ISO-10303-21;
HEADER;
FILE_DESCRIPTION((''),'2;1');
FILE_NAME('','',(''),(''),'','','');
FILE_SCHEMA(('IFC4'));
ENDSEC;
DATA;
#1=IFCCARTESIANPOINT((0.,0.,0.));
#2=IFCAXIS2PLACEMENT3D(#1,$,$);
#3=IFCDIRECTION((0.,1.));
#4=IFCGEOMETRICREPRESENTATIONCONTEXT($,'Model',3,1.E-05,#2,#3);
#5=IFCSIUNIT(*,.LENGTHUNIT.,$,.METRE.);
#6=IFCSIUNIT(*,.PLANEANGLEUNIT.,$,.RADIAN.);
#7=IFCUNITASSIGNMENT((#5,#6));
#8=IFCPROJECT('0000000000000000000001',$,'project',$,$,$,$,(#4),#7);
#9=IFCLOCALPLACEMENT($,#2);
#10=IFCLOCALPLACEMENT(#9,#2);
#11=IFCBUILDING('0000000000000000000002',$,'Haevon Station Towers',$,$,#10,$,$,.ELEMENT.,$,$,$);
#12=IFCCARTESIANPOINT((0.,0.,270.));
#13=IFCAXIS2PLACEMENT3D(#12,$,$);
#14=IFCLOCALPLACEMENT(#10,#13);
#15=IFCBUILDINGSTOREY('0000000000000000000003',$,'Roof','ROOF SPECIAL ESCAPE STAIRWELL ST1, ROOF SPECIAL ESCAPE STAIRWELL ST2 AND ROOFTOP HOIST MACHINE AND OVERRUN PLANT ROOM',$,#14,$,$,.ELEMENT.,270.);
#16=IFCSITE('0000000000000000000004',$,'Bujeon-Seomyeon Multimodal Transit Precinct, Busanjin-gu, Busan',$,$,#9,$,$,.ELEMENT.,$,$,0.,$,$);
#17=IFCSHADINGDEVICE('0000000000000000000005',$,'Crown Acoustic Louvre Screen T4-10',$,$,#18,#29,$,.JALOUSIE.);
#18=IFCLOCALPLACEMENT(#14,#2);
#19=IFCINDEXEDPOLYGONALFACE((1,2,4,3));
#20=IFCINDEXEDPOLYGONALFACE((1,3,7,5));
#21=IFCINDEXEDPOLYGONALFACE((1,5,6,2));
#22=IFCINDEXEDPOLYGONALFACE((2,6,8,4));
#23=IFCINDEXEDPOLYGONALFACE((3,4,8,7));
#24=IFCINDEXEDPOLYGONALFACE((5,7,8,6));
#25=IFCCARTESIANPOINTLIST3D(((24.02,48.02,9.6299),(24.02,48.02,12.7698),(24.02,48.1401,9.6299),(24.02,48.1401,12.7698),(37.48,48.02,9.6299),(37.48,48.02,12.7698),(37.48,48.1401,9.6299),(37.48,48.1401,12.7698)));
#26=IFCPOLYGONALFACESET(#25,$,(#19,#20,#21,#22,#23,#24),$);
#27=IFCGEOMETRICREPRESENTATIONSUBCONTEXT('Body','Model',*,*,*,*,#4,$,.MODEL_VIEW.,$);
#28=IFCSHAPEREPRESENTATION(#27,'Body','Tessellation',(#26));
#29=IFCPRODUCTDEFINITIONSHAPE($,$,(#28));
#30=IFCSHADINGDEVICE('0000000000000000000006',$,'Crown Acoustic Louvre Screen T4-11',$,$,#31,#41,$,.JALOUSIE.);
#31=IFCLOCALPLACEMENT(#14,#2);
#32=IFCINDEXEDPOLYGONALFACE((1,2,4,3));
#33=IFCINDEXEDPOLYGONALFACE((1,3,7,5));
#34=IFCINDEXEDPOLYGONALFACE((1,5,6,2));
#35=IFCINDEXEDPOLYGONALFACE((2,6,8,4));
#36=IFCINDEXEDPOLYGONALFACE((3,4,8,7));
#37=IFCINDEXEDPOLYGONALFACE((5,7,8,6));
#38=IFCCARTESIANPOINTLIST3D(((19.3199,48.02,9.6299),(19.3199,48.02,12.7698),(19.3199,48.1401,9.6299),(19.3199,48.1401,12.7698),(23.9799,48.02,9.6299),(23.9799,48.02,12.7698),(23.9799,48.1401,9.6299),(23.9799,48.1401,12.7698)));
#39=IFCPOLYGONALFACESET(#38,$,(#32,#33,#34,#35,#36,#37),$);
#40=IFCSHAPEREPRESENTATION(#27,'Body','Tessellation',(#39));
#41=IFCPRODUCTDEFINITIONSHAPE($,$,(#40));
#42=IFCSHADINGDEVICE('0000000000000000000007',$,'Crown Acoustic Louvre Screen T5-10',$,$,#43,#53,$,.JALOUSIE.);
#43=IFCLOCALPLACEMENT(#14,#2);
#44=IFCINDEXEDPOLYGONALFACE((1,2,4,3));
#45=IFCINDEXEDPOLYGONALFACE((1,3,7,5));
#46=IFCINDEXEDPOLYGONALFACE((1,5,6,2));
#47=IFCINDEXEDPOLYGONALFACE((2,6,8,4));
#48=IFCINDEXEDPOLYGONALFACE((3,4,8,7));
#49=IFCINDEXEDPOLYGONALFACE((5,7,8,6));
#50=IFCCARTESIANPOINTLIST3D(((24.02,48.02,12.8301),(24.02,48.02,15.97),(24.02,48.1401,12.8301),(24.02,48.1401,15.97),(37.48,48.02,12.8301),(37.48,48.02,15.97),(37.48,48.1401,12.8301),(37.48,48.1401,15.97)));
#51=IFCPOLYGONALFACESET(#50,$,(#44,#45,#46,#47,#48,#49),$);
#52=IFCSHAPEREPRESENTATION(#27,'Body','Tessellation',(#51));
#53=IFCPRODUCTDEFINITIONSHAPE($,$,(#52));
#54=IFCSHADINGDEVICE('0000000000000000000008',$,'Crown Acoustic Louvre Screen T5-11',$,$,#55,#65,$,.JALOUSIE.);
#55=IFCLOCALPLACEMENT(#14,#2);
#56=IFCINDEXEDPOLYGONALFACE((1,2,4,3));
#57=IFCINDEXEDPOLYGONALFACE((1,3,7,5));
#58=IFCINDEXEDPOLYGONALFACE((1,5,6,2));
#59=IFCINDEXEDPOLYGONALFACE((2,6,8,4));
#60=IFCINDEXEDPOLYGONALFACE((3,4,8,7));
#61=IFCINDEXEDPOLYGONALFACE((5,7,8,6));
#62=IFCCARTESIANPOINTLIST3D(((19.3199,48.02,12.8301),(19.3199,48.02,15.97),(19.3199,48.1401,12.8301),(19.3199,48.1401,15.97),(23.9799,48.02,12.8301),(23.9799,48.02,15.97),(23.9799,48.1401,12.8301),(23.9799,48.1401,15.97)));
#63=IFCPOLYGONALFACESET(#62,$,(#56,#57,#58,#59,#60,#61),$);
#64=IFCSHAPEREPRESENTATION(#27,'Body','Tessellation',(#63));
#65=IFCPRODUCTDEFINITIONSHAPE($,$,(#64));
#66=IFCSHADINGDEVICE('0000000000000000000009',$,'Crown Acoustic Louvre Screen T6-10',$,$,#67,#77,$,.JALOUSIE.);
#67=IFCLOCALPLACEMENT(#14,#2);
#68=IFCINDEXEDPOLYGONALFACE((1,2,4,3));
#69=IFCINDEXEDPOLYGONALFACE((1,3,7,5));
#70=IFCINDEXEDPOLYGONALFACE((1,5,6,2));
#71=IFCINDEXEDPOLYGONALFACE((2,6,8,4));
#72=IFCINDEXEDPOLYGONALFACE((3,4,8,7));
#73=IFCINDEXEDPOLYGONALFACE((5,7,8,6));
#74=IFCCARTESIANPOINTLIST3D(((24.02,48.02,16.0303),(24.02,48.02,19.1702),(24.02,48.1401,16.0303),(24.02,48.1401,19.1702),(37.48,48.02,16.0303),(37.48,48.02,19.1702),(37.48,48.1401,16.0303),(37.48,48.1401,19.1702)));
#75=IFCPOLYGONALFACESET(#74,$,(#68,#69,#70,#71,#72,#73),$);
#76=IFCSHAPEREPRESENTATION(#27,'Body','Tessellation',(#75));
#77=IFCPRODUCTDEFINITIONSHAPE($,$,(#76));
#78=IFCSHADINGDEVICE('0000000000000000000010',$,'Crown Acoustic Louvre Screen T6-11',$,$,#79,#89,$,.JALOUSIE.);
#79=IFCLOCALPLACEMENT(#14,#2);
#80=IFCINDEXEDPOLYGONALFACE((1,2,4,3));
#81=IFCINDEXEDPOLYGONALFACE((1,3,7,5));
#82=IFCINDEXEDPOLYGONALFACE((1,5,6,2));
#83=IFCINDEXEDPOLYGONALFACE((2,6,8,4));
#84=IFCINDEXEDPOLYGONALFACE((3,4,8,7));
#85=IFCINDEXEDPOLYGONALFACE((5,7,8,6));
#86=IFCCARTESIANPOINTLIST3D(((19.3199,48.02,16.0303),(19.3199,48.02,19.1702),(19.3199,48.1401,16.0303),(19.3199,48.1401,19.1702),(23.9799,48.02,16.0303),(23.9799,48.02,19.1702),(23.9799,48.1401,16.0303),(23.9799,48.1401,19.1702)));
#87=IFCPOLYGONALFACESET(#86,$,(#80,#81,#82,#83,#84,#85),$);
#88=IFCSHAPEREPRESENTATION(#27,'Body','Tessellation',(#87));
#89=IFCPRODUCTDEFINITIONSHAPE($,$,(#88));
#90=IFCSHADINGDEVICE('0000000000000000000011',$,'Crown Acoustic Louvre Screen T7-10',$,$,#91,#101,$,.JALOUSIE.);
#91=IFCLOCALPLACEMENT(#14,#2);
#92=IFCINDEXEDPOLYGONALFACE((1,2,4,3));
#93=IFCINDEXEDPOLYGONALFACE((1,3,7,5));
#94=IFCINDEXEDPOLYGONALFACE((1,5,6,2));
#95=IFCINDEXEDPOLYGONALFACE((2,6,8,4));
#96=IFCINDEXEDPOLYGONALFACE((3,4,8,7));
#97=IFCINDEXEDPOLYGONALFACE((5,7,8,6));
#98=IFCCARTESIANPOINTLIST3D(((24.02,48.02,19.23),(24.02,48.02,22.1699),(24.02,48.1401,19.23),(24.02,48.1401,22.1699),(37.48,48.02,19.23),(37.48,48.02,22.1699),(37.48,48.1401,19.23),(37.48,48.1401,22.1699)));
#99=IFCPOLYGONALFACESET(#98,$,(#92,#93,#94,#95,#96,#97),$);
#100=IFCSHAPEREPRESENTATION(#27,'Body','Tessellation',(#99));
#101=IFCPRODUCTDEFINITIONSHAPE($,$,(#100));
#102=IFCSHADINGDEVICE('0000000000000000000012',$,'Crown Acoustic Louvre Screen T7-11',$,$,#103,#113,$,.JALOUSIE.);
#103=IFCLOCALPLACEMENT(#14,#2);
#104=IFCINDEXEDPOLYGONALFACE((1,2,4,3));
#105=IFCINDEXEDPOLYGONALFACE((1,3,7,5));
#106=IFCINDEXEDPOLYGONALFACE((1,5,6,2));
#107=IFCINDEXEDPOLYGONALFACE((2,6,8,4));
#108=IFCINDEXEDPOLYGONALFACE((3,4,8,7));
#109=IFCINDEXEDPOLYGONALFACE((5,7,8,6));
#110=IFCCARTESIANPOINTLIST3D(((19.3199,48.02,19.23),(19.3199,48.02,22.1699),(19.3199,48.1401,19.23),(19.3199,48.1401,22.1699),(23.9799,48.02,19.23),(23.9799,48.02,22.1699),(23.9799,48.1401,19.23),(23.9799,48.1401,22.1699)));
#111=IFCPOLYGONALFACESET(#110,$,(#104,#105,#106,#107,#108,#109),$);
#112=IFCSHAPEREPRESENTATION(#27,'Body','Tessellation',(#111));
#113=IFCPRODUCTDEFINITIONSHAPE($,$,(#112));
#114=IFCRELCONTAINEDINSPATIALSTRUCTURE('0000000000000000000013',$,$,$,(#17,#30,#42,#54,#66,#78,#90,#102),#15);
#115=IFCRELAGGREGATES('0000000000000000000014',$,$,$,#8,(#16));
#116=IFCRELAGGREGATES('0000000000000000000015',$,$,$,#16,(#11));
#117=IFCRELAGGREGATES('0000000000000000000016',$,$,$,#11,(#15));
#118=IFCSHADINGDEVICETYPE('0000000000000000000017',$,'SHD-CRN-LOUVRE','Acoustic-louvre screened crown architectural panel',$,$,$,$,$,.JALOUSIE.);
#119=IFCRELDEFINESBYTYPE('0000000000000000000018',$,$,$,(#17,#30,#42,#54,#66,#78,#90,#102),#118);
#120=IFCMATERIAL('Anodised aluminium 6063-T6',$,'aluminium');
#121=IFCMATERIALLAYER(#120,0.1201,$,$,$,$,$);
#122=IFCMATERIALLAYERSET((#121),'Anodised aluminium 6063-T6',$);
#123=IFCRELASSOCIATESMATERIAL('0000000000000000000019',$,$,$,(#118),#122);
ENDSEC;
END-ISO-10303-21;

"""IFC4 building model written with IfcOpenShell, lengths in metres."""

from ifc_helpers import new_model, si_unit, direction, frame, origin, origin_2d, place, context, subcontext, project, spatial, rectangle, extrude, material, layer, layer_set, type_object, element, save


model = new_model("IFC4")

# Units and contexts
model_context = context("Model", 3, precision=1e-05, world=origin(), true_north=direction((0.0, 1.0)))
body_context = subcontext(model_context, "Body", "Model", "MODEL_VIEW")
ifc_project = project(units=[si_unit("LENGTHUNIT", "METRE"), si_unit("PLANEANGLEUNIT", "RADIAN")], contexts=[model_context])

# Site, building, storey
site_placement = place(None, origin())
site = spatial("IfcSite", under=ifc_project, at=site_placement, Name="Bujeon-Seomyeon Multimodal Transit Precinct, Busanjin-gu, Busan", CompositionType="ELEMENT", RefElevation=0.0)
building_placement = place(site_placement, origin())
building = spatial("IfcBuilding", under=site, at=building_placement, Name="Haevon Station Towers", CompositionType="ELEMENT")
storey_placement = place(building_placement, frame((0.0, 0.0, 270.0)))
storey = spatial("IfcBuildingStorey", under=building, at=storey_placement, Name="Roof", Description="ROOF SPECIAL ESCAPE STAIRWELL ST1, ROOF SPECIAL ESCAPE STAIRWELL ST2 AND ROOFTOP HOIST MACHINE AND OVERRUN PLANT ROOM", CompositionType="ELEMENT", Elevation=270.0)

# Shading devices
ifc_material_1 = material(Name="Anodised aluminium 6063-T6", Category="aluminium")
ifc_layer_1 = layer(ifc_material_1, 0.1201)
ifc_layer_set_1 = layer_set([ifc_layer_1], Name="Anodised aluminium 6063-T6")
shading_device_type = type_object("IfcShadingDeviceType", Name="SHD-CRN-LOUVRE", Description="Acoustic-louvre screened crown architectural panel", PredefinedType="JALOUSIE", material=ifc_layer_set_1)
shading_device_1_placement = place(storey_placement, frame((30.75, 48.0801, 9.6299), z_axis=(0.0, 0.0, 1.0), x_axis=(-1.0, 0.0, 0.0)))
element("IfcShadingDevice", 1, at=shading_device_1_placement, inside=storey, type_object=shading_device_type, Name="Crown Acoustic Louvre Screen T4-10", PredefinedType="JALOUSIE", context=body_context, shape_type="SweptSolid", body=[
    extrude(rectangle(XDim=13.46, YDim=0.1201, at=origin_2d()), origin(), (0.0, 0.0, 1.0), 3.1399),
])
shading_device_2_placement = place(storey_placement, frame((21.6499, 48.0801, 9.6299), z_axis=(0.0, 0.0, 1.0), x_axis=(-1.0, 0.0, 0.0)))
element("IfcShadingDevice", 2, at=shading_device_2_placement, inside=storey, type_object=shading_device_type, Name="Crown Acoustic Louvre Screen T4-11", PredefinedType="JALOUSIE", context=body_context, shape_type="SweptSolid", body=[
    extrude(rectangle(XDim=4.6599, YDim=0.1201, at=origin_2d()), origin(), (0.0, 0.0, 1.0), 3.1399),
])
shading_device_3_placement = place(storey_placement, frame((30.75, 48.0801, 12.8301), z_axis=(0.0, 0.0, 1.0), x_axis=(-1.0, 0.0, 0.0)))
element("IfcShadingDevice", 3, at=shading_device_3_placement, inside=storey, type_object=shading_device_type, Name="Crown Acoustic Louvre Screen T5-10", PredefinedType="JALOUSIE", context=body_context, shape_type="SweptSolid", body=[
    extrude(rectangle(XDim=13.46, YDim=0.1201, at=origin_2d()), origin(), (0.0, 0.0, 1.0), 3.1399),
])
shading_device_4_placement = place(storey_placement, frame((21.6499, 48.0801, 12.8301), z_axis=(0.0, 0.0, 1.0), x_axis=(-1.0, 0.0, 0.0)))
element("IfcShadingDevice", 4, at=shading_device_4_placement, inside=storey, type_object=shading_device_type, Name="Crown Acoustic Louvre Screen T5-11", PredefinedType="JALOUSIE", context=body_context, shape_type="SweptSolid", body=[
    extrude(rectangle(XDim=4.6599, YDim=0.1201, at=origin_2d()), origin(), (0.0, 0.0, 1.0), 3.1399),
])
shading_device_5_placement = place(storey_placement, frame((30.75, 48.0801, 16.0303), z_axis=(0.0, 0.0, 1.0), x_axis=(-1.0, 0.0, 0.0)))
element("IfcShadingDevice", 5, at=shading_device_5_placement, inside=storey, type_object=shading_device_type, Name="Crown Acoustic Louvre Screen T6-10", PredefinedType="JALOUSIE", context=body_context, shape_type="SweptSolid", body=[
    extrude(rectangle(XDim=13.46, YDim=0.1201, at=origin_2d()), origin(), (0.0, 0.0, 1.0), 3.1399),
])
shading_device_6_placement = place(storey_placement, frame((21.6499, 48.0801, 16.0303), z_axis=(0.0, 0.0, 1.0), x_axis=(-1.0, 0.0, 0.0)))
element("IfcShadingDevice", 6, at=shading_device_6_placement, inside=storey, type_object=shading_device_type, Name="Crown Acoustic Louvre Screen T6-11", PredefinedType="JALOUSIE", context=body_context, shape_type="SweptSolid", body=[
    extrude(rectangle(XDim=4.6599, YDim=0.1201, at=origin_2d()), origin(), (0.0, 0.0, 1.0), 3.1399),
])
shading_device_7_placement = place(storey_placement, frame((30.75, 48.0801, 19.23), z_axis=(0.0, 0.0, 1.0), x_axis=(-1.0, 0.0, 0.0)))
element("IfcShadingDevice", 7, at=shading_device_7_placement, inside=storey, type_object=shading_device_type, Name="Crown Acoustic Louvre Screen T7-10", PredefinedType="JALOUSIE", context=body_context, shape_type="SweptSolid", body=[
    extrude(rectangle(XDim=13.46, YDim=0.1201, at=origin_2d()), origin(), (0.0, 0.0, 1.0), 2.9399),
])
shading_device_8_placement = place(storey_placement, frame((21.6499, 48.0801, 19.23), z_axis=(0.0, 0.0, 1.0), x_axis=(-1.0, 0.0, 0.0)))
element("IfcShadingDevice", 8, at=shading_device_8_placement, inside=storey, type_object=shading_device_type, Name="Crown Acoustic Louvre Screen T7-11", PredefinedType="JALOUSIE", context=body_context, shape_type="SweptSolid", body=[
    extrude(rectangle(XDim=4.6599, YDim=0.1201, at=origin_2d()), origin(), (0.0, 0.0, 1.0), 2.9399),
])

save(model, "model.ifc")
